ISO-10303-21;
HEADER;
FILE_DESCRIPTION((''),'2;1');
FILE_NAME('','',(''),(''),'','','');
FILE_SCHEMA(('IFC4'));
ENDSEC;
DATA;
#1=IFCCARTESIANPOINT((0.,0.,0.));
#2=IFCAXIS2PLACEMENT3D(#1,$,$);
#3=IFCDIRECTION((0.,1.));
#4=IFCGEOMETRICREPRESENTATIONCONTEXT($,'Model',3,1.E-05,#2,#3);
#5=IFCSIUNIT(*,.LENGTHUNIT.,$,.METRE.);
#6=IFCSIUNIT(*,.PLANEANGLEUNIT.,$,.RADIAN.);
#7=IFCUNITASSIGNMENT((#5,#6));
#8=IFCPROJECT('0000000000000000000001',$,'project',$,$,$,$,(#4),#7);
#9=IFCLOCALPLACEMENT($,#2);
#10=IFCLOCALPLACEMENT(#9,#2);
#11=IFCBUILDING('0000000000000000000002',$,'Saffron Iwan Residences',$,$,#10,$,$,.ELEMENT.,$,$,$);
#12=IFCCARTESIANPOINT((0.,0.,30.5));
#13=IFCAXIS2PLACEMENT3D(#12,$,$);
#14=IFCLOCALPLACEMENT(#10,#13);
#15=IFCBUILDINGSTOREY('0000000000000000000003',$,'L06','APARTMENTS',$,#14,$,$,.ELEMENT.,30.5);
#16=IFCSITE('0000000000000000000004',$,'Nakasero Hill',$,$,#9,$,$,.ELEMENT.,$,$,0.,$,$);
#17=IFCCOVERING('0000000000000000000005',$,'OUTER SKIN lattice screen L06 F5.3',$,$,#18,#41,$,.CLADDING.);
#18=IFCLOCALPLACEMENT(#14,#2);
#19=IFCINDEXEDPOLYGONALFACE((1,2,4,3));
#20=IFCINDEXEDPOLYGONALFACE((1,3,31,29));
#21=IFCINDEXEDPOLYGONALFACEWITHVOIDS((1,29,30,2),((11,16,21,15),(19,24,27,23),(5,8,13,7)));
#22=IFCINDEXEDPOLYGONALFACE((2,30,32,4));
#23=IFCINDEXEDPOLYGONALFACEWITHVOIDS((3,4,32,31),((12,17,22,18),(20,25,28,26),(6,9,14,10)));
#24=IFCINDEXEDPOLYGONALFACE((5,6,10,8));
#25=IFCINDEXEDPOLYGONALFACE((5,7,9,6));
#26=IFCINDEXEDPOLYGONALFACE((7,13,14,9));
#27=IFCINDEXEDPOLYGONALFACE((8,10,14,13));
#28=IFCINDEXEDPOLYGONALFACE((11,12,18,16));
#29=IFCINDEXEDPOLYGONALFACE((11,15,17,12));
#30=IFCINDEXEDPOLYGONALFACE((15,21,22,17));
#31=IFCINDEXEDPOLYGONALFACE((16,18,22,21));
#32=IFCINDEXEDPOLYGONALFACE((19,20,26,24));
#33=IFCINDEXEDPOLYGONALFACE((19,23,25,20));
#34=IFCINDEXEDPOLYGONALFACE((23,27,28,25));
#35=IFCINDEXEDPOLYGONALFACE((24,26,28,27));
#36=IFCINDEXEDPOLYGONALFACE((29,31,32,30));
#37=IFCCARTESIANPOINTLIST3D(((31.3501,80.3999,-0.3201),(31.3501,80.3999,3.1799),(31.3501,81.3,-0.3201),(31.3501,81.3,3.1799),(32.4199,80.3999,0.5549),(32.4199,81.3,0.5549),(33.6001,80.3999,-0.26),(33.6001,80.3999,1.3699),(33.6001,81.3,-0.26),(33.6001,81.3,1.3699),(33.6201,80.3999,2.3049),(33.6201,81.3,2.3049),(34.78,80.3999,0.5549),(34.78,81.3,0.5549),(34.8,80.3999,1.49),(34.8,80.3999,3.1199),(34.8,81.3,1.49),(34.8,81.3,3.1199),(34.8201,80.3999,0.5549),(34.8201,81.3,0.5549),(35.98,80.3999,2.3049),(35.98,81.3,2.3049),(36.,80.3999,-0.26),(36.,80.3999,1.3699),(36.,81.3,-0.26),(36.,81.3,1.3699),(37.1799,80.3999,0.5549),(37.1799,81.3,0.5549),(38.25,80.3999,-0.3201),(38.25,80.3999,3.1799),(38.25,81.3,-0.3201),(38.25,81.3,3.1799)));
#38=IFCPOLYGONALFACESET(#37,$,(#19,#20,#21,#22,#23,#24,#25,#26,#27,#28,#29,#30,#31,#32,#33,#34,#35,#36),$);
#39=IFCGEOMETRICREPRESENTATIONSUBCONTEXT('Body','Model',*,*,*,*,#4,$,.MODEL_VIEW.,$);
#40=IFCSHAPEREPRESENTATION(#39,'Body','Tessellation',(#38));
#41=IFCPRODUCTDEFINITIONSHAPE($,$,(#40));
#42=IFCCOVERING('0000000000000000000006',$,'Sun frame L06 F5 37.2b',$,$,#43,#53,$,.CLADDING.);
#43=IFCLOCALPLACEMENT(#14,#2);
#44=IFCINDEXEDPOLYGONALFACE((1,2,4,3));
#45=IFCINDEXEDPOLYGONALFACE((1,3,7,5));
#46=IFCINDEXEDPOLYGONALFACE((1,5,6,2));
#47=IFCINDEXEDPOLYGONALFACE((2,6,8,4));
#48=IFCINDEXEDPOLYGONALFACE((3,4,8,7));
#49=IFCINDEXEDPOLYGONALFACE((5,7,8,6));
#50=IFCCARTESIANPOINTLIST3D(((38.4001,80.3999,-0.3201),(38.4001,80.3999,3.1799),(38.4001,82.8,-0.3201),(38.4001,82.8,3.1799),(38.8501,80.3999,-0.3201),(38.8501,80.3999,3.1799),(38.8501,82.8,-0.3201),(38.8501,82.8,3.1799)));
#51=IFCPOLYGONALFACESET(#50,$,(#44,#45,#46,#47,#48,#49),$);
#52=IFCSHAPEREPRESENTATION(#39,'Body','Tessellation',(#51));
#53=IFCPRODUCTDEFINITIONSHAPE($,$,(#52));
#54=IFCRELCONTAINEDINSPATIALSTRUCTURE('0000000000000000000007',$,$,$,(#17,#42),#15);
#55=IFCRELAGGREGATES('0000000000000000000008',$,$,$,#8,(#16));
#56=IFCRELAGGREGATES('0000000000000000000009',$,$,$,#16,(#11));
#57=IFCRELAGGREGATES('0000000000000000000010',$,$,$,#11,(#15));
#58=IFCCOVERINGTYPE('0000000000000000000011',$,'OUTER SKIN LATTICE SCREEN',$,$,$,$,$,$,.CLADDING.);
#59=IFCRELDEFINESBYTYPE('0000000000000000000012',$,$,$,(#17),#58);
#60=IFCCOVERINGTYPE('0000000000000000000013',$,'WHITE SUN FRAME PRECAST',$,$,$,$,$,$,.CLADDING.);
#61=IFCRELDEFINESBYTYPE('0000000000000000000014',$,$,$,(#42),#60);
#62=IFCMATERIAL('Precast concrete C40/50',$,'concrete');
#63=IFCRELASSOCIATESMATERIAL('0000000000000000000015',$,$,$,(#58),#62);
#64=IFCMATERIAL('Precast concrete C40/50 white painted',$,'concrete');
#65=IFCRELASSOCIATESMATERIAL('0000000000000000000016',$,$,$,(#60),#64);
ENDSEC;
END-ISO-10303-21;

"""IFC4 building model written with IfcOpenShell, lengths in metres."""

from ifc_helpers import new_model, si_unit, direction, frame, origin, place, context, subcontext, project, spatial, polyline, outline, extrude, material, type_object, element, save


model = new_model("IFC4")

# Units and contexts
model_context = context("Model", 3, precision=1e-05, world=origin(), true_north=direction((0.0, 1.0)))
body_context = subcontext(model_context, "Body", "Model", "MODEL_VIEW")
ifc_project = project(units=[si_unit("LENGTHUNIT", "METRE"), si_unit("PLANEANGLEUNIT", "RADIAN")], contexts=[model_context])

# Site, building, storey
site_placement = place(None, origin())
site = spatial("IfcSite", under=ifc_project, at=site_placement, Name="Nakasero Hill", CompositionType="ELEMENT", RefElevation=0.0)
building_placement = place(site_placement, origin())
building = spatial("IfcBuilding", under=site, at=building_placement, Name="Saffron Iwan Residences", CompositionType="ELEMENT")
storey_placement = place(building_placement, frame((0.0, 0.0, 30.5)))
storey = spatial("IfcBuildingStorey", under=building, at=storey_placement, Name="L06", Description="APARTMENTS", CompositionType="ELEMENT", Elevation=30.5)

# Coverings
ifc_material_1 = material(Name="Precast concrete C40/50", Category="concrete")
covering_type_1 = type_object("IfcCoveringType", Name="OUTER SKIN LATTICE SCREEN", PredefinedType="CLADDING", material=ifc_material_1)
covering_1_placement = place(storey_placement, frame((38.25, 80.3999, -0.3201), z_axis=(0.0, 1.0, 0.0), x_axis=(-1.0, 0.0, 0.0)))
element("IfcCovering", 1, at=covering_1_placement, inside=storey, type_object=covering_type_1, Name="OUTER SKIN lattice screen L06 F5.3", PredefinedType="CLADDING", context=body_context, shape_type="SweptSolid", body=[
    extrude(outline(polyline([(0.0, 0.0), (6.8999, 0.0), (6.8999, 3.5), (0.0, 3.5), (0.0, 0.0)]), holes=[polyline([(1.0701, 0.875), (2.25, 0.0601), (3.4299, 0.875), (2.25, 1.6899), (1.0701, 0.875)]), polyline([(3.47, 0.875), (4.6499, 0.0601), (5.8301, 0.875), (4.6499, 1.6899), (3.47, 0.875)]), polyline([(2.27, 2.625), (3.45, 1.8101), (4.6299, 2.625), (3.45, 3.4399), (2.27, 2.625)])]), origin(), (0.0, 0.0, 1.0), 0.9001),
])
ifc_material_2 = material(Name="Precast concrete C40/50 white painted", Category="concrete")
covering_type_2 = type_object("IfcCoveringType", Name="WHITE SUN FRAME PRECAST", PredefinedType="CLADDING", material=ifc_material_2)
covering_2_placement = place(storey_placement, frame((38.8501, 80.3999, -0.3201), z_axis=(0.0, 1.0, 0.0), x_axis=(-1.0, 0.0, 0.0)))
element("IfcCovering", 2, at=covering_2_placement, inside=storey, type_object=covering_type_2, Name="Sun frame L06 F5 37.2b", PredefinedType="CLADDING", context=body_context, shape_type="SweptSolid", body=[
    extrude(outline(polyline([(0.0, 0.0), (0.45, 0.0), (0.45, 3.5), (0.0, 3.5), (0.0, 0.0)])), origin(), (0.0, 0.0, 1.0), 2.4001),
])

save(model, "model.ifc")
